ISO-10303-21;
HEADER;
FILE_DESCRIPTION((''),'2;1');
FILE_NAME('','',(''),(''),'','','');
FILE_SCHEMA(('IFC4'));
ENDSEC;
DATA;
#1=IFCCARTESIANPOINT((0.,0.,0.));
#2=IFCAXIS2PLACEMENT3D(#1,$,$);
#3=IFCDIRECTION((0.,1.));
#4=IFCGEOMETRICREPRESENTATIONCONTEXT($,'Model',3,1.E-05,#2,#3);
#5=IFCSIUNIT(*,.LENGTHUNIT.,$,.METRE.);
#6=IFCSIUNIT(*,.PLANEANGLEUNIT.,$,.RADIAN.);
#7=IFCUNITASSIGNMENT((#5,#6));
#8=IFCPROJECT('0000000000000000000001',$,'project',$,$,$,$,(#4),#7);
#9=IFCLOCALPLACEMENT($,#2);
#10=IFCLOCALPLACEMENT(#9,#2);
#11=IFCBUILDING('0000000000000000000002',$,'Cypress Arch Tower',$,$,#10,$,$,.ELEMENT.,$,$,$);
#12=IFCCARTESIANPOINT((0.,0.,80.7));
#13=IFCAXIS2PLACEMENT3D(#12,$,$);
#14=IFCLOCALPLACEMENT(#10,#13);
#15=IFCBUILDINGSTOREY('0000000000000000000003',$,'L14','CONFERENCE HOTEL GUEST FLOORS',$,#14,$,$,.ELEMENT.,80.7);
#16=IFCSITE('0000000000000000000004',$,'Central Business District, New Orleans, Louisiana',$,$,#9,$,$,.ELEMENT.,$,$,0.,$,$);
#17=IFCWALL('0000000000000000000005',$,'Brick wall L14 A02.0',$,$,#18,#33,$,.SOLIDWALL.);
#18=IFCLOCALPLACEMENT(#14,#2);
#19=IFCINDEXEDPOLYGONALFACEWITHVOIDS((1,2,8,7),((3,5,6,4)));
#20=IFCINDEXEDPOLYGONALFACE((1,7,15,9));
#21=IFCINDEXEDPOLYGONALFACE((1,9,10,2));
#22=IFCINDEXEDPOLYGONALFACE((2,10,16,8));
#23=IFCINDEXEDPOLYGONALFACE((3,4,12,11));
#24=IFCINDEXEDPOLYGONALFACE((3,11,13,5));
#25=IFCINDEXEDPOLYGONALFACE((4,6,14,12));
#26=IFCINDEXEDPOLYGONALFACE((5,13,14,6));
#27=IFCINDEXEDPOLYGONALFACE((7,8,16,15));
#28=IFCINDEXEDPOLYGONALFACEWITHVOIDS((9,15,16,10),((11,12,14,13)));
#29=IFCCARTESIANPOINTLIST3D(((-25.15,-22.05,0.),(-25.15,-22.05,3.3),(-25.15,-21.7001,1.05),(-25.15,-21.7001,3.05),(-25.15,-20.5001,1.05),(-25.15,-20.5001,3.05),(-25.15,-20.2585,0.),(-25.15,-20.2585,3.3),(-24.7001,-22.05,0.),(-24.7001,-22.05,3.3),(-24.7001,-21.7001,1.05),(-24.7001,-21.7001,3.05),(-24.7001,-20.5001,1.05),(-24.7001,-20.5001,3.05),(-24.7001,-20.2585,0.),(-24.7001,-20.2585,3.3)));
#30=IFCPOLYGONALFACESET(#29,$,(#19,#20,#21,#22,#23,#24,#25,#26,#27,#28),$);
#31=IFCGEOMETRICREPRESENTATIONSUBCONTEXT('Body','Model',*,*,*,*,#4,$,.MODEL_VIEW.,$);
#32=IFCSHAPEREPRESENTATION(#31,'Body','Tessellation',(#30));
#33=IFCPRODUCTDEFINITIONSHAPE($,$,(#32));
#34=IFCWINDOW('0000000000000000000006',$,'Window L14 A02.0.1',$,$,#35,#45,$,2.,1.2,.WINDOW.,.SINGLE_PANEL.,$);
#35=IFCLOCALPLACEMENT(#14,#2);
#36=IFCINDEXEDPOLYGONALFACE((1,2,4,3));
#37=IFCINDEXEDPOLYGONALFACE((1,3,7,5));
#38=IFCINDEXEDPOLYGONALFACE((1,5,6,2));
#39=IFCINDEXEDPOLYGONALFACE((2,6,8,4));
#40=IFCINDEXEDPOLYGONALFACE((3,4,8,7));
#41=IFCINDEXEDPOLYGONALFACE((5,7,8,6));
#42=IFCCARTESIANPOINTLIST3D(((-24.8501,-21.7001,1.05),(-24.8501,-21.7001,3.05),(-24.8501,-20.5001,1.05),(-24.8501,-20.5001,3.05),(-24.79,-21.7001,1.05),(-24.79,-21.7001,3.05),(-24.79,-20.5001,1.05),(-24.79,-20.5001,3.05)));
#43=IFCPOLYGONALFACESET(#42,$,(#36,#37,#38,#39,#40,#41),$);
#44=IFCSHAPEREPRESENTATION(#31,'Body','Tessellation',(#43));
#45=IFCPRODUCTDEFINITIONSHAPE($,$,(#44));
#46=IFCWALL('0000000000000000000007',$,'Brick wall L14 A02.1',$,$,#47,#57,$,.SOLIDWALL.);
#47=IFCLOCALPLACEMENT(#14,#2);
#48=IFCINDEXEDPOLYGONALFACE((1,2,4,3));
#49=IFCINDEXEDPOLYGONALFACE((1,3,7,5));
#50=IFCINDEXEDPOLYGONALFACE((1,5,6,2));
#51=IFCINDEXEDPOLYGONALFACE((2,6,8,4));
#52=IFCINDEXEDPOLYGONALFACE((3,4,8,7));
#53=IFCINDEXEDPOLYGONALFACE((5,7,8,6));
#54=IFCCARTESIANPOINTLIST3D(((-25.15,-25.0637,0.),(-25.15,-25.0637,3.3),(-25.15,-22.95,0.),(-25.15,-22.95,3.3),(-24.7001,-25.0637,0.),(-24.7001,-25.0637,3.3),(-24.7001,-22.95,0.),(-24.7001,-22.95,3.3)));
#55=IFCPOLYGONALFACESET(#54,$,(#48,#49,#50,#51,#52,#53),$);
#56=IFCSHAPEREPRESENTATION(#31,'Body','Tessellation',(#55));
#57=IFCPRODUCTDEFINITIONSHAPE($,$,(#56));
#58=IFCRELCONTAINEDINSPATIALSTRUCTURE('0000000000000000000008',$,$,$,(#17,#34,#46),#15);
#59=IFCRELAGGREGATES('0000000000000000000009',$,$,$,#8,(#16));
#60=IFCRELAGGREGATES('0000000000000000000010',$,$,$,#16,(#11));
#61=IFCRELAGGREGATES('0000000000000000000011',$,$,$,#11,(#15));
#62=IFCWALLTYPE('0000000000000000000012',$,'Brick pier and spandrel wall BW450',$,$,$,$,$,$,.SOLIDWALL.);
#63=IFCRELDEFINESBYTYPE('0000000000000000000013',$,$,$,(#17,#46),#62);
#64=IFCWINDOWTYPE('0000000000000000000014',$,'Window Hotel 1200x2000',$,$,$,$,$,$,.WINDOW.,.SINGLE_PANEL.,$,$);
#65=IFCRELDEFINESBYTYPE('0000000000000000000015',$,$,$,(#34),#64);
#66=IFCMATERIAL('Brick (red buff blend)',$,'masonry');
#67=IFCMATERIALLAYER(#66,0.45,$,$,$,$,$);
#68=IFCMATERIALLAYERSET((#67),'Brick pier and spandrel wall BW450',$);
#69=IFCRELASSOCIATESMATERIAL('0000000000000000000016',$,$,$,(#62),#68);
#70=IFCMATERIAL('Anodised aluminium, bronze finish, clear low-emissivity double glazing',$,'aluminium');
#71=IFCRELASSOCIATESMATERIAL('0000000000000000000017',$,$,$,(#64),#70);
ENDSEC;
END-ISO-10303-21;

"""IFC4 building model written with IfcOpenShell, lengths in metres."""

from ifc_helpers import new_model, si_unit, direction, frame, frame_2d, origin, place, context, subcontext, project, spatial, rectangle, extrude, material, layer, layer_set, type_object, element, fill, save


model = new_model("IFC4")

# Units and contexts
model_context = context("Model", 3, precision=1e-05, world=origin(), true_north=direction((0.0, 1.0)))
body_context = subcontext(model_context, "Body", "Model", "MODEL_VIEW")
ifc_project = project(units=[si_unit("LENGTHUNIT", "METRE"), si_unit("PLANEANGLEUNIT", "RADIAN")], contexts=[model_context])

# Site, building, storey
site_placement = place(None, origin())
site = spatial("IfcSite", under=ifc_project, at=site_placement, Name="Central Business District, New Orleans, Louisiana", CompositionType="ELEMENT", RefElevation=0.0)
building_placement = place(site_placement, origin())
building = spatial("IfcBuilding", under=site, at=building_placement, Name="Cypress Arch Tower", CompositionType="ELEMENT")
storey_placement = place(building_placement, frame((0.0, 0.0, 80.7)))
storey = spatial("IfcBuildingStorey", under=building, at=storey_placement, Name="L14", Description="CONFERENCE HOTEL GUEST FLOORS", CompositionType="ELEMENT", Elevation=80.7)

# Wall, opening, window
ifc_material_1 = material(Name="Brick (red buff blend)", Category="masonry")
ifc_layer_1 = layer(ifc_material_1, 0.45)
ifc_layer_set_1 = layer_set([ifc_layer_1], Name="Brick pier and spandrel wall BW450")
wall_type_1 = type_object("IfcWallType", Name="Brick pier and spandrel wall BW450", PredefinedType="SOLIDWALL", material=ifc_layer_set_1)
wall_1_placement = place(storey_placement, frame((-24.925, -20.2585, 0.0), z_axis=(0.0, 0.0, 1.0), x_axis=(0.0, -1.0, 0.0)))
wall_1 = element("IfcWall", 1, at=wall_1_placement, inside=storey, type_object=wall_type_1, Name="Brick wall L14 A02.0", PredefinedType="SOLIDWALL", context=body_context, shape_type="SweptSolid", body=[
    extrude(rectangle(XDim=1.7915, YDim=0.45, at=frame_2d((0.8958, 0.0))), origin(), (0.0, 0.0, 1.0), 3.3),
])
opening_1_placement = place(wall_1_placement, frame((0.2415, 0.0, 1.05)))
opening_1 = element("IfcOpeningElement", 2, at=opening_1_placement, cuts=wall_1, PredefinedType="OPENING", context=body_context, shape_type="SweptSolid", body=[
    extrude(rectangle(XDim=1.2, YDim=2.0, at=frame_2d((0.6001, 1.0))), frame((0.0, 0.2349, 0.0), z_axis=(0.0, -1.0, 0.0), x_axis=(1.0, 0.0, 0.0)), (0.0, 0.0, 1.0), 0.47),
])
ifc_material_2 = material(Name="Anodised aluminium, bronze finish, clear low-emissivity double glazing", Category="aluminium")
window_type_1 = type_object("IfcWindowType", Name="Window Hotel 1200x2000", PartitioningType="SINGLE_PANEL", PredefinedType="WINDOW", material=ifc_material_2)
window_1_placement = place(opening_1_placement, origin())
window_1 = element("IfcWindow", 3, at=window_1_placement, inside=storey, type_object=window_type_1, Name="Window L14 A02.0.1", OverallHeight=2.0, OverallWidth=1.2, PartitioningType="SINGLE_PANEL", PredefinedType="WINDOW", context=body_context, shape_type="SweptSolid", body=[
    extrude(rectangle(XDim=1.2, YDim=2.0, at=frame_2d((0.6001, 1.0))), frame((0.0, 0.135, 0.0), z_axis=(0.0, -1.0, 0.0), x_axis=(1.0, 0.0, 0.0)), (0.0, 0.0, 1.0), 0.0601),
])
fill(opening_1, window_1)

# Wall
wall_2_placement = place(storey_placement, frame((-24.925, -22.95, 0.0), z_axis=(0.0, 0.0, 1.0), x_axis=(0.0, -1.0, 0.0)))
element("IfcWall", 4, at=wall_2_placement, inside=storey, type_object=wall_type_1, Name="Brick wall L14 A02.1", PredefinedType="SOLIDWALL", context=body_context, shape_type="SweptSolid", body=[
    extrude(rectangle(XDim=2.1138, YDim=0.45, at=frame_2d((1.0569, 0.0))), origin(), (0.0, 0.0, 1.0), 3.3),
])

save(model, "model.ifc")
